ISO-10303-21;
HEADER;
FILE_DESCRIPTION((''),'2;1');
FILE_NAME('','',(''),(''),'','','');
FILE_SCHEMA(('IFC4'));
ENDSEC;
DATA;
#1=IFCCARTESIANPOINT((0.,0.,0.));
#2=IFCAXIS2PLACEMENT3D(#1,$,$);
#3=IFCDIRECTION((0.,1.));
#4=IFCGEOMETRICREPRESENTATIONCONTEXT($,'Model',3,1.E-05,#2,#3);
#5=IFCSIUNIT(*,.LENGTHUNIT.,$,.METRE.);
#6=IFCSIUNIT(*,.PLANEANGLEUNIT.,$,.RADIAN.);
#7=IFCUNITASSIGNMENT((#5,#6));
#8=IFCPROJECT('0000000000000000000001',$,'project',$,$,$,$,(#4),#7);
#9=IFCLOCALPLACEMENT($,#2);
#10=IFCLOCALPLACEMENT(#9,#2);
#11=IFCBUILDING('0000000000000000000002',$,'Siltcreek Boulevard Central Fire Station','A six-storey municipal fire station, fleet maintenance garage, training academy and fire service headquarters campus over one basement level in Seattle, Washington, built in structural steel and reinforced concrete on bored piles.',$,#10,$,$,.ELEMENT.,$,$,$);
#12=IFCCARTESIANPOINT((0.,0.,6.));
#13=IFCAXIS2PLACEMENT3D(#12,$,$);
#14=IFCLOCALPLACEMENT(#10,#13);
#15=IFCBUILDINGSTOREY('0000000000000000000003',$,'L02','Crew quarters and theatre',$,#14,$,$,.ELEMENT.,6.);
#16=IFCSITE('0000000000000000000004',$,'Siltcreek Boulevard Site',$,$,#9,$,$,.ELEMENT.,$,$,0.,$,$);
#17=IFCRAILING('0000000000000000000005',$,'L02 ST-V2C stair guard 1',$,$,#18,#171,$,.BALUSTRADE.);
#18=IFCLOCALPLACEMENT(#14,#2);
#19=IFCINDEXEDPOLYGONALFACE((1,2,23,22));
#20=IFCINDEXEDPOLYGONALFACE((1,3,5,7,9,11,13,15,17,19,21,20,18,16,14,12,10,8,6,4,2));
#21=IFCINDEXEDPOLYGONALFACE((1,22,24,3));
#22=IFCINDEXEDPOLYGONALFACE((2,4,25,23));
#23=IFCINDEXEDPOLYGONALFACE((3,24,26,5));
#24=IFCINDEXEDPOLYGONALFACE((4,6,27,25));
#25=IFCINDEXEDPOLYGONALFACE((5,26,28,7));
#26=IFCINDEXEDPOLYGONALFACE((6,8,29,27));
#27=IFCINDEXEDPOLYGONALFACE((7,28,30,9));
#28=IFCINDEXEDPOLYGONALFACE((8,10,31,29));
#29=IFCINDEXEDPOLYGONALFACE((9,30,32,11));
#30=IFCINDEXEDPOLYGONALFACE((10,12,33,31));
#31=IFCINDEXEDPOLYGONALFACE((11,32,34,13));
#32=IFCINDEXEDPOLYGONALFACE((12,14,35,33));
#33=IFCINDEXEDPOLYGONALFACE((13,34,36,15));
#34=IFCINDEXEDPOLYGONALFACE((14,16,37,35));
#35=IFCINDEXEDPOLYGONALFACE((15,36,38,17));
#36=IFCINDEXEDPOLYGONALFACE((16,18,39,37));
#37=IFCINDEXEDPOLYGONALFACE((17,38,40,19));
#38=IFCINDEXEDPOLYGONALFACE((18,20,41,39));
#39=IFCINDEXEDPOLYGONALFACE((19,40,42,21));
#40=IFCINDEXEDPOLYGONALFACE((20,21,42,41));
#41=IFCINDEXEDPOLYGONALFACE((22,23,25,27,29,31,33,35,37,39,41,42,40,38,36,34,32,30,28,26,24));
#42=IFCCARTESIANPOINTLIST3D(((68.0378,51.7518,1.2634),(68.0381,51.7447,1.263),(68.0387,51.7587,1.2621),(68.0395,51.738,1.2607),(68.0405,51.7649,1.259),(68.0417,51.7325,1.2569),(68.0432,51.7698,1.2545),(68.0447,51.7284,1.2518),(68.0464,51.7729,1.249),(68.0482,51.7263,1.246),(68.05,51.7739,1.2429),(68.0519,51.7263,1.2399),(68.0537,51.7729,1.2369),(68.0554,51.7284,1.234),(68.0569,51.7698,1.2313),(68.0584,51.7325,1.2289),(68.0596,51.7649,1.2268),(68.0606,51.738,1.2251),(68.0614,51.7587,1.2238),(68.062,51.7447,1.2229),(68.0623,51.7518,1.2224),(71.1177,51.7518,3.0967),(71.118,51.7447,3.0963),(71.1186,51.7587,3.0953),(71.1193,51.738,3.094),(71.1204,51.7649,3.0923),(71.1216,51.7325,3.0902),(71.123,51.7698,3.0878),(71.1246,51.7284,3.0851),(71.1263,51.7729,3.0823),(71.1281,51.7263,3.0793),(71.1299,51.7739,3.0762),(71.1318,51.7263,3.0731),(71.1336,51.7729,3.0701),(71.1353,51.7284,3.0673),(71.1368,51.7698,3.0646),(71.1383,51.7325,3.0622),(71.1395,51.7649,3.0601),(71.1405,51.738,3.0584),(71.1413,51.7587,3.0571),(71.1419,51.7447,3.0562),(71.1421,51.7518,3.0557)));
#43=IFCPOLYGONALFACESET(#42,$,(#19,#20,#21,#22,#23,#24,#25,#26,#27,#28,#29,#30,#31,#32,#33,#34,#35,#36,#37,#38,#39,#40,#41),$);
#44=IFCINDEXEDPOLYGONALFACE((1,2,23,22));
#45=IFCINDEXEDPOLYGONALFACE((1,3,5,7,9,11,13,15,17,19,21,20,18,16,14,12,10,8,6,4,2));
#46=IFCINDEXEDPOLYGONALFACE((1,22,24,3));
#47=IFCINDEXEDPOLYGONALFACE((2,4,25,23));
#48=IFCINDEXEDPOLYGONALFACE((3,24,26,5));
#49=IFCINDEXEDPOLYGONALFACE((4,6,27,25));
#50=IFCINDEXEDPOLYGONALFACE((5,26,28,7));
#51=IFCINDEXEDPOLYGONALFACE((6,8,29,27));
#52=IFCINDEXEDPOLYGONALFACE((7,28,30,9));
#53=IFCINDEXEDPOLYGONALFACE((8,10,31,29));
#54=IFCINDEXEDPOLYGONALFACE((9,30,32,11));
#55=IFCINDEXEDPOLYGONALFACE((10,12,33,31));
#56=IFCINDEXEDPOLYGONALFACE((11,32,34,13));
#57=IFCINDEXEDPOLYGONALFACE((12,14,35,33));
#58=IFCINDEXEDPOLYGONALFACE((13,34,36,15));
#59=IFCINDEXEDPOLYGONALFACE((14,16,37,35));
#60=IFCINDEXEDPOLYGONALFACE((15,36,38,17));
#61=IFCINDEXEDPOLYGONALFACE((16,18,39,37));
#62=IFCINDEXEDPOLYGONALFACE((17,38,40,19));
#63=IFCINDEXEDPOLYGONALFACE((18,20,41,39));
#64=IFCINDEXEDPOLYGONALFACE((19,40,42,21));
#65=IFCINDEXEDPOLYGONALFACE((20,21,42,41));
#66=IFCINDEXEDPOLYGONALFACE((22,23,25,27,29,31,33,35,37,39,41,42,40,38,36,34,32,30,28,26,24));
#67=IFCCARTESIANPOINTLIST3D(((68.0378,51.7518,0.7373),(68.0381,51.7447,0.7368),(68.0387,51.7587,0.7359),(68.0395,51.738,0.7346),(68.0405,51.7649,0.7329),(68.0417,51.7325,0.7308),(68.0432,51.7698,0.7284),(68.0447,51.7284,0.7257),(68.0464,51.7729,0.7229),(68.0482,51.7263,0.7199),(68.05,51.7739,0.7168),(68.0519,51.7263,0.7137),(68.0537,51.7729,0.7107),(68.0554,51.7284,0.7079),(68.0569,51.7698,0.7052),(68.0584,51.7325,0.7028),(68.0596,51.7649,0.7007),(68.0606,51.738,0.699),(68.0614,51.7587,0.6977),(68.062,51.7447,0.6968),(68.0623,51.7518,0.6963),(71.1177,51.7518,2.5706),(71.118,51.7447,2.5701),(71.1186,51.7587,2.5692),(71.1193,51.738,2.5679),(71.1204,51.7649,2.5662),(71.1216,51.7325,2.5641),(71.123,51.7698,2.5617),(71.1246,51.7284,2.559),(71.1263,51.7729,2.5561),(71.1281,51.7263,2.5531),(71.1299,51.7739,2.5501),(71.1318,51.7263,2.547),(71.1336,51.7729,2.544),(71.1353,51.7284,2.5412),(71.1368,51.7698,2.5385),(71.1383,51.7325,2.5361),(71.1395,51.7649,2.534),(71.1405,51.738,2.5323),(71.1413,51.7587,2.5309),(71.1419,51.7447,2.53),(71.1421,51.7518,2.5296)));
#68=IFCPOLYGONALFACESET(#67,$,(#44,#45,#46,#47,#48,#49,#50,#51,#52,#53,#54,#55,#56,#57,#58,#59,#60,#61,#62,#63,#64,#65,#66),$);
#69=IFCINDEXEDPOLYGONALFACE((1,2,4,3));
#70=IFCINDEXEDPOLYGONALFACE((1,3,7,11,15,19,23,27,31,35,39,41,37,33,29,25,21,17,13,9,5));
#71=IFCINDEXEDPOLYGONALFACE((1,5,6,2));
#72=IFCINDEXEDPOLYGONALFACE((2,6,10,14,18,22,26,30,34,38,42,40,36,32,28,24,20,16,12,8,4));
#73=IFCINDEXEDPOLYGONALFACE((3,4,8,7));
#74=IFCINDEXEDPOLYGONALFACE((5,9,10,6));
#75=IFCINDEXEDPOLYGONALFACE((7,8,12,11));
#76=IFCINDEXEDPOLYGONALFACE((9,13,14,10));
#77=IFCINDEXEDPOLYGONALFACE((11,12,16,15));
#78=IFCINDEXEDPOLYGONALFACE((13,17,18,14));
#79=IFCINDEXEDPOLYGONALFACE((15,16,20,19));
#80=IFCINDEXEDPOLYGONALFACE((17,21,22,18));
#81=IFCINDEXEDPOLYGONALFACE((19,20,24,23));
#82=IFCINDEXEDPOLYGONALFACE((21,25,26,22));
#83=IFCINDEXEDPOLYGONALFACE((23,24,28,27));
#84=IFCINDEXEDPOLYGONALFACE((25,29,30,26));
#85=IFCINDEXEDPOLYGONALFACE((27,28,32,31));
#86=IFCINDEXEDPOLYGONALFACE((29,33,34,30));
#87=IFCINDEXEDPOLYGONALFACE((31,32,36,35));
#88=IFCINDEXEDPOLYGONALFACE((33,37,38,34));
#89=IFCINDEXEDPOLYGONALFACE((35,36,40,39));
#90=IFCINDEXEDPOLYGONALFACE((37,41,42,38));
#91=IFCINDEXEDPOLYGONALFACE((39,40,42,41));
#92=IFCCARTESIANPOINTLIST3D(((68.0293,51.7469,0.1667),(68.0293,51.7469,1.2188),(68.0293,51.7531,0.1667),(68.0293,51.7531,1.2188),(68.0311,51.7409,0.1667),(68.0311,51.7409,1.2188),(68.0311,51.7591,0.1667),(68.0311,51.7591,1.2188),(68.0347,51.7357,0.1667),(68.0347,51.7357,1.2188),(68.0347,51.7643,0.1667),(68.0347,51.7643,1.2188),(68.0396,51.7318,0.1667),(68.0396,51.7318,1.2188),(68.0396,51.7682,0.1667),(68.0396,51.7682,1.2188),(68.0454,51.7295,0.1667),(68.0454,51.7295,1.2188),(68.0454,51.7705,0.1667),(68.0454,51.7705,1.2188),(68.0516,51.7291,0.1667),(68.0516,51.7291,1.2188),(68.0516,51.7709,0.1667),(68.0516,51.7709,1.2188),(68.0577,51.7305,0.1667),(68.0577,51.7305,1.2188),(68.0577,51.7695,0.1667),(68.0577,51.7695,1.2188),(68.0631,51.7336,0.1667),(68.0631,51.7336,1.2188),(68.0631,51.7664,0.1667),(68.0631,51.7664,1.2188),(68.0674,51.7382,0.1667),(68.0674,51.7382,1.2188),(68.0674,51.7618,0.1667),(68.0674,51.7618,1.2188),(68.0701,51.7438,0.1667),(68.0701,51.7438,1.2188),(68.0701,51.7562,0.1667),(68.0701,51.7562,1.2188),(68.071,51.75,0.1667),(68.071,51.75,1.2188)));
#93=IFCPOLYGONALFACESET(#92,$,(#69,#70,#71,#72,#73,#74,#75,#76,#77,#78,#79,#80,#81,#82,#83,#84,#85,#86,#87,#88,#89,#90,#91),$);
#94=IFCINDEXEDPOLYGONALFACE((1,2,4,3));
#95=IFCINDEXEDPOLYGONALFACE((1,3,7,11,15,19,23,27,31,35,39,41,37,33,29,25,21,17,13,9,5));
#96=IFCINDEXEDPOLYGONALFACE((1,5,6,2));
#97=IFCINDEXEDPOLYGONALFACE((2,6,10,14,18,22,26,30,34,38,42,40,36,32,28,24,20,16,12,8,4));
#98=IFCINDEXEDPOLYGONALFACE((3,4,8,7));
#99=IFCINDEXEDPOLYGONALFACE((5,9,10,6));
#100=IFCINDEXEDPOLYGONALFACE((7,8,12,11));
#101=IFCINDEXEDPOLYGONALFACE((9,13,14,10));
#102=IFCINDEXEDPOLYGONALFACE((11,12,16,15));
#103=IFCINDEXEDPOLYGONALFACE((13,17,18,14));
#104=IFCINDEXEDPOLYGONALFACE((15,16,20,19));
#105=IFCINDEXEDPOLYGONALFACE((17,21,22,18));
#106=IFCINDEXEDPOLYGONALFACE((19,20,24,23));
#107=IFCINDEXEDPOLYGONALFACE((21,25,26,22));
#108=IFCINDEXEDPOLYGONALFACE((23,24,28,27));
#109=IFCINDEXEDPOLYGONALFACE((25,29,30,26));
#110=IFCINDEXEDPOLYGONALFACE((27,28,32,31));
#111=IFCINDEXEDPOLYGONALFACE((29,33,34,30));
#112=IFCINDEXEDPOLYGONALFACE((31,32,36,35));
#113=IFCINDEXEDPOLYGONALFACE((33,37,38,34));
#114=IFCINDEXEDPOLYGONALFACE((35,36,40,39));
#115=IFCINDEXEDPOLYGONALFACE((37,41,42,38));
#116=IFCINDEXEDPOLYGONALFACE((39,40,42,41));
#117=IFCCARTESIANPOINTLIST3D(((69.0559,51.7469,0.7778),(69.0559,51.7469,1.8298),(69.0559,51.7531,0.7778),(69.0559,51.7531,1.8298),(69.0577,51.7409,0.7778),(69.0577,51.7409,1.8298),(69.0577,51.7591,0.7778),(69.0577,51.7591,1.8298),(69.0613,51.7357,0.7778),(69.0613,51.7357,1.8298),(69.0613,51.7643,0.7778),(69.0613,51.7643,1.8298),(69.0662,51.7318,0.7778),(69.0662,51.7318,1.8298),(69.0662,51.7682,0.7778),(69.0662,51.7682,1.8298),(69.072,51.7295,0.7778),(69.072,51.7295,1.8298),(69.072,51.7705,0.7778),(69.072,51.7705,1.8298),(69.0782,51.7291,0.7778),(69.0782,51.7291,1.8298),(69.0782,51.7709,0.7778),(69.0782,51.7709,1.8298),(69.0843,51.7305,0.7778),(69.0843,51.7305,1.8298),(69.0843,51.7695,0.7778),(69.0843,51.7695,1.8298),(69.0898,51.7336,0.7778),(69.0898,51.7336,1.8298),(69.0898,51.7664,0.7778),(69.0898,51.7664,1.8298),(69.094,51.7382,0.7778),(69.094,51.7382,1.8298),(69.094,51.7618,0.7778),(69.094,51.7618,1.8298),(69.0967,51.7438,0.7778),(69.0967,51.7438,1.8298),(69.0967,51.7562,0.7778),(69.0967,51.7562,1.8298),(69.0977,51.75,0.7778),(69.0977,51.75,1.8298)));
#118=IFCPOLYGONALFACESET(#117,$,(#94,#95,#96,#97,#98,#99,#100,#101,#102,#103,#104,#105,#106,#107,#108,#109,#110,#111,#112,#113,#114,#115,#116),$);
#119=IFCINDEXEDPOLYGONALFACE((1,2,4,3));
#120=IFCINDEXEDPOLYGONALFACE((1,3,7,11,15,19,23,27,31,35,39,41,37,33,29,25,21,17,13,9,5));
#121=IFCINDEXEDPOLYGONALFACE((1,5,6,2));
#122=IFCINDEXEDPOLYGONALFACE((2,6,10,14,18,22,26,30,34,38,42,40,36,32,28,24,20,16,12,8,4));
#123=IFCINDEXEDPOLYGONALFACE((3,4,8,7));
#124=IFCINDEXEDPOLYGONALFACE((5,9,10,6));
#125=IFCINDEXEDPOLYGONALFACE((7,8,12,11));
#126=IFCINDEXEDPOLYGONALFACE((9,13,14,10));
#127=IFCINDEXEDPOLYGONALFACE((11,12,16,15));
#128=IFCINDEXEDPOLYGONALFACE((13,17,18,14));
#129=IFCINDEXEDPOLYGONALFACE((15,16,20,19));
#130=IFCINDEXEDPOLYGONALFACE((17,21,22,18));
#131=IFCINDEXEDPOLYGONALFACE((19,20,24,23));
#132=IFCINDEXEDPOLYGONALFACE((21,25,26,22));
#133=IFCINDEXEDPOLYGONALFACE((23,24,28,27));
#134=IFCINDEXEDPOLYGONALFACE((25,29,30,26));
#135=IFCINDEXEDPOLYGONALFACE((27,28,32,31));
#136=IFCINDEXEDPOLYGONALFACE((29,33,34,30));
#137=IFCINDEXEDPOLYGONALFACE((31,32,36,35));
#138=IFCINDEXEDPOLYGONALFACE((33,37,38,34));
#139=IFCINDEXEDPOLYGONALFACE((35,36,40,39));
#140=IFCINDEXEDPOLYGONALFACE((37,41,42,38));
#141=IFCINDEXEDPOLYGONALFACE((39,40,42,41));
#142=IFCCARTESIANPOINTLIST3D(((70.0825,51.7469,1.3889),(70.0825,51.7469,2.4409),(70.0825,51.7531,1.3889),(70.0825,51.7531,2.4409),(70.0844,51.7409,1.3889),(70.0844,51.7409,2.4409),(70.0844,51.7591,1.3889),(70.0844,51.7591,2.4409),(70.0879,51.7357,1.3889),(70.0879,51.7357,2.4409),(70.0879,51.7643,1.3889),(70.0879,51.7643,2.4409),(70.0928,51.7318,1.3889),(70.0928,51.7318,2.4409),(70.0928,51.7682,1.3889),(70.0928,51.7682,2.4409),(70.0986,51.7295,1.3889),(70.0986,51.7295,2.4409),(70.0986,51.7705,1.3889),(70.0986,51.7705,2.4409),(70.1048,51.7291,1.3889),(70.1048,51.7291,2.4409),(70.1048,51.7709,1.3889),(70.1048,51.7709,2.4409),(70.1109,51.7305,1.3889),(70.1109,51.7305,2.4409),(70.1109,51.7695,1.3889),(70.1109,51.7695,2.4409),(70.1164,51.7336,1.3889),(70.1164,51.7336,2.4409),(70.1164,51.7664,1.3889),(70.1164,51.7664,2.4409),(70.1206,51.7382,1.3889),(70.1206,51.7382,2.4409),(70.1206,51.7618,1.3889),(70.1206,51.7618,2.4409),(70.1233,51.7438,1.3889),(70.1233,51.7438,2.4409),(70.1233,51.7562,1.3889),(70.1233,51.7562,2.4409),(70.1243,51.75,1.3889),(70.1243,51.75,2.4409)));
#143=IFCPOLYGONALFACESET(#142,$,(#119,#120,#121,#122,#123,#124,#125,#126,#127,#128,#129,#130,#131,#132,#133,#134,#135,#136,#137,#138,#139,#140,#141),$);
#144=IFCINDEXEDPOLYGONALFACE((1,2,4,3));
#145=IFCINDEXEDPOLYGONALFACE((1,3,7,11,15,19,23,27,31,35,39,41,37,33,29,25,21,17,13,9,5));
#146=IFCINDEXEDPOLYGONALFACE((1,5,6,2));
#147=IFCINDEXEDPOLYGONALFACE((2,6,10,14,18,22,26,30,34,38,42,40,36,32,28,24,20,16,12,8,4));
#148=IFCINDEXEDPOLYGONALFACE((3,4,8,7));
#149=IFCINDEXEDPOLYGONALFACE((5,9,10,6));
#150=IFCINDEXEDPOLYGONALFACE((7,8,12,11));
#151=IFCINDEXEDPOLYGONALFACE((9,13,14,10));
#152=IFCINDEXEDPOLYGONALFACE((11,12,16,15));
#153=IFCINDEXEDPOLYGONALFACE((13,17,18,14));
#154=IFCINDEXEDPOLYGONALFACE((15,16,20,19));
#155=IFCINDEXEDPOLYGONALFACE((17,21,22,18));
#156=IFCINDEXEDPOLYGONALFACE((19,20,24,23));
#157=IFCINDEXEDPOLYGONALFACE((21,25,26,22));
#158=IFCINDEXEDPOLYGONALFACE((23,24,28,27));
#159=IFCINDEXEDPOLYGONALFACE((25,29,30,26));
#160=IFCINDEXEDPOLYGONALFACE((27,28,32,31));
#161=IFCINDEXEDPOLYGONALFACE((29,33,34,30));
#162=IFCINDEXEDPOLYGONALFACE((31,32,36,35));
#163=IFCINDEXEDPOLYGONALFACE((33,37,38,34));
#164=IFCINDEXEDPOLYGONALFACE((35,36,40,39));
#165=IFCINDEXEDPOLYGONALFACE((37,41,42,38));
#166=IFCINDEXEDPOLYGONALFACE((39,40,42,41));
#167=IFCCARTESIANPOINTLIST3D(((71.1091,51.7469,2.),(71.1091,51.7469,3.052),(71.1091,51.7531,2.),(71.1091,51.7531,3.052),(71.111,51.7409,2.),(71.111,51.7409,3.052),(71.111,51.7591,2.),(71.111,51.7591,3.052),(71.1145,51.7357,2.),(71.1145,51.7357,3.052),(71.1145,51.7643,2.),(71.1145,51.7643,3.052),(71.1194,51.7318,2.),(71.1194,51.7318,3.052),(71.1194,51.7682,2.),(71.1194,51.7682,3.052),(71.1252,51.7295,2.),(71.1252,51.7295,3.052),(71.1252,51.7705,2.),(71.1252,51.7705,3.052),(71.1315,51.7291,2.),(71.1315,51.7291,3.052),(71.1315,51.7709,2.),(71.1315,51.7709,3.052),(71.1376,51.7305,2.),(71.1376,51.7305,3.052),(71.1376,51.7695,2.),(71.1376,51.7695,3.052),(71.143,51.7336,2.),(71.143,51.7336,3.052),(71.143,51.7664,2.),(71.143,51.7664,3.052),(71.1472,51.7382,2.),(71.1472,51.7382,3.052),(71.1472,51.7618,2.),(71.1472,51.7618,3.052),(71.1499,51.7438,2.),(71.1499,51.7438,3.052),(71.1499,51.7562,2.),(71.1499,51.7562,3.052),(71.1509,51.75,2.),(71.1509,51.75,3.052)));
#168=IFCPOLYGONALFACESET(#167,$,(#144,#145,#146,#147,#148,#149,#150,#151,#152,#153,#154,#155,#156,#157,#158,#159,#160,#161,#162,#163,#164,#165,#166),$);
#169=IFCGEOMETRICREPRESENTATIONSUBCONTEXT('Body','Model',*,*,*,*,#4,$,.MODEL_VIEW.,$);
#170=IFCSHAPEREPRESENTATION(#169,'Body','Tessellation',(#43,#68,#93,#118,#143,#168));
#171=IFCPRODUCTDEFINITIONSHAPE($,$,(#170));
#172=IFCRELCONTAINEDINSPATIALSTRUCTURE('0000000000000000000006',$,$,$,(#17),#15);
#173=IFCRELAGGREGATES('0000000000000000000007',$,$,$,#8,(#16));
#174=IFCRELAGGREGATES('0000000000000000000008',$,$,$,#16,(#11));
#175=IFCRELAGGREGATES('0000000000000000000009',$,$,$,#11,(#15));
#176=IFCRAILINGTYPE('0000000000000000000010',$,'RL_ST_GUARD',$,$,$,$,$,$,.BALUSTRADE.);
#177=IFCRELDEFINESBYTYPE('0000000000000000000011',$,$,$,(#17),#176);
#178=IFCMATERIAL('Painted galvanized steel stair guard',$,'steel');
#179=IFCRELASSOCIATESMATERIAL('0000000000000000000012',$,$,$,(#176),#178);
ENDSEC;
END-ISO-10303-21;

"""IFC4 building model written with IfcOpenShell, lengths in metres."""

from ifc_helpers import new_model, si_unit, direction, frame, origin, origin_2d, place, context, subcontext, project, spatial, circle, extrude, material, type_object, element, save


model = new_model("IFC4")

# Units and contexts
model_context = context("Model", 3, precision=1e-05, world=origin(), true_north=direction((0.0, 1.0)))
body_context = subcontext(model_context, "Body", "Model", "MODEL_VIEW")
ifc_project = project(units=[si_unit("LENGTHUNIT", "METRE"), si_unit("PLANEANGLEUNIT", "RADIAN")], contexts=[model_context])

# Site, building, storey
site_placement = place(None, origin())
site = spatial("IfcSite", under=ifc_project, at=site_placement, Name="Siltcreek Boulevard Site", CompositionType="ELEMENT", RefElevation=0.0)
building_placement = place(site_placement, origin())
building = spatial("IfcBuilding", under=site, at=building_placement, Name="Siltcreek Boulevard Central Fire Station", Description="A six-storey municipal fire station, fleet maintenance garage, training academy and fire service headquarters campus over one basement level in Seattle, Washington, built in structural steel and reinforced concrete on bored piles.", CompositionType="ELEMENT")
storey_placement = place(building_placement, frame((0.0, 0.0, 6.0)))
storey = spatial("IfcBuildingStorey", under=building, at=storey_placement, Name="L02", Description="Crew quarters and theatre", CompositionType="ELEMENT", Elevation=6.0)

# Railing
ifc_material_1 = material(Name="Painted galvanized steel stair guard", Category="steel")
railing_type_1 = type_object("IfcRailingType", Name="RL_ST_GUARD", PredefinedType="BALUSTRADE", material=ifc_material_1)
railing_1_placement = place(storey_placement, frame((68.05, 51.75, 0.1667)))
element("IfcRailing", 1, at=railing_1_placement, inside=storey, type_object=railing_type_1, Name="L02 ST-V2C stair guard 1", PredefinedType="BALUSTRADE", context=body_context, shape_type="SweptSolid", body=[
    extrude(circle(Radius=0.0239, at=origin_2d()), frame((0.0, 0.0, 1.0762), z_axis=(0.859291, 0.0, 0.511487), x_axis=(0.0, 1.0, 0.0)), (0.0, 0.0, 1.0), 3.5842),
    extrude(circle(Radius=0.0239, at=origin_2d()), frame((0.0, 0.0, 0.55), z_axis=(0.859291, 0.0, 0.511487), x_axis=(0.0, 1.0, 0.0)), (0.0, 0.0, 1.0), 3.5842),
    extrude(circle(Radius=0.021, at=origin_2d()), origin(), (0.0, 0.0, 1.0), 1.052),
    extrude(circle(Radius=0.021, at=origin_2d()), frame((1.0266, 0.0, 0.6111)), (0.0, 0.0, 1.0), 1.052),
    extrude(circle(Radius=0.021, at=origin_2d()), frame((2.0532, 0.0, 1.2222)), (0.0, 0.0, 1.0), 1.052),
    extrude(circle(Radius=0.021, at=origin_2d()), frame((3.0798, 0.0, 1.8333)), (0.0, 0.0, 1.0), 1.052),
])

save(model, "model.ifc")
